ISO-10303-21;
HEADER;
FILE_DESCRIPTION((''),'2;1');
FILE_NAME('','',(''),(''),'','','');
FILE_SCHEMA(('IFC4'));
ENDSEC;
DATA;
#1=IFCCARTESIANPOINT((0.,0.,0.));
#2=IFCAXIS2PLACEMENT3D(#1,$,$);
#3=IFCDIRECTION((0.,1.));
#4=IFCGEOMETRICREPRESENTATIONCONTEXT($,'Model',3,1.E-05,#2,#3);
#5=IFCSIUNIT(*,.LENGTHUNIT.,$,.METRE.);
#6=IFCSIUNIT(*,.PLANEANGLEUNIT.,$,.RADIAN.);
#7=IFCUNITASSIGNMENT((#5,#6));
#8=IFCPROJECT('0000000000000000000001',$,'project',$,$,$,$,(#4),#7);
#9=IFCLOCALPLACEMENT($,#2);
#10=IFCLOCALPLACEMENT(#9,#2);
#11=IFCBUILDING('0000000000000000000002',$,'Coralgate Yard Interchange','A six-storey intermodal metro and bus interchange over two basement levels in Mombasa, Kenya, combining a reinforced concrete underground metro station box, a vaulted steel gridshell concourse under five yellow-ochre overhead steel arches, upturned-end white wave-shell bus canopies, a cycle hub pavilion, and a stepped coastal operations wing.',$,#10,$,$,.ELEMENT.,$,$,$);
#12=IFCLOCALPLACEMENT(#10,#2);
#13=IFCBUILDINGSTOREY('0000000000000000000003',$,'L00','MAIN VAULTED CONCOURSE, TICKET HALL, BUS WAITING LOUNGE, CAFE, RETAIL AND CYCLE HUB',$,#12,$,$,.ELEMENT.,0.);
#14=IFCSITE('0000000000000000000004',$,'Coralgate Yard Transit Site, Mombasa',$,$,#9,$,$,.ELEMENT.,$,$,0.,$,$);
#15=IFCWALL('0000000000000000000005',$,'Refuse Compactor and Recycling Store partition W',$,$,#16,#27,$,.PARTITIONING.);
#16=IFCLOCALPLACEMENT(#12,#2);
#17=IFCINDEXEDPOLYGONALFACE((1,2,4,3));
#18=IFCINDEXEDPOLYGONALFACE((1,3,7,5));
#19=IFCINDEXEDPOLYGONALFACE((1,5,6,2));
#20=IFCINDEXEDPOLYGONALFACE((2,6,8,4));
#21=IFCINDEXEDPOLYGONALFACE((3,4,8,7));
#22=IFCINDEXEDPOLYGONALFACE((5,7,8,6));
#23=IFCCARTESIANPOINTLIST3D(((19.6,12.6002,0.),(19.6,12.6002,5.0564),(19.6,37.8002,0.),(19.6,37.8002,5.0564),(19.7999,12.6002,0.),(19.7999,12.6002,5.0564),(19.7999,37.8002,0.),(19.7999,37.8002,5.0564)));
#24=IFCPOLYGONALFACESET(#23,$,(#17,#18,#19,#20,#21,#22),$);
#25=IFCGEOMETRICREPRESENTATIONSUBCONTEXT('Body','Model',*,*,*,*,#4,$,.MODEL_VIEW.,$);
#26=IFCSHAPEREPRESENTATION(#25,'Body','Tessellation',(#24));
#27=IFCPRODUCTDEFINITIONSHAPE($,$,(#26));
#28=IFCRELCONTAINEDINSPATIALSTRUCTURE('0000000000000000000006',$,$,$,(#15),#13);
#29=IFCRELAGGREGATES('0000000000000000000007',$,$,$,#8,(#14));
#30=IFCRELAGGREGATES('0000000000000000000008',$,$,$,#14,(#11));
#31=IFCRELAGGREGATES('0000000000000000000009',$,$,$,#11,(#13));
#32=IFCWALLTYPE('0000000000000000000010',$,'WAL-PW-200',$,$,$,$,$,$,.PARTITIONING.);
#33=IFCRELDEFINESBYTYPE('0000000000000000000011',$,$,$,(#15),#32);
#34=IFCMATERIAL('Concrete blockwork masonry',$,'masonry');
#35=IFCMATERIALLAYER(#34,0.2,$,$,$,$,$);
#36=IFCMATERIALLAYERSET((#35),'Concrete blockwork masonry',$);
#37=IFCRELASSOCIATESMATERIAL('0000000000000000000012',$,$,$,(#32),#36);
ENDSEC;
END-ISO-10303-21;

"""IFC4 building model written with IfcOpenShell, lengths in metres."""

from ifc_helpers import new_model, si_unit, direction, frame, frame_2d, origin, place, context, subcontext, project, spatial, rectangle, extrude, material, layer, layer_set, type_object, element, save


model = new_model("IFC4")

# Units and contexts
model_context = context("Model", 3, precision=1e-05, world=origin(), true_north=direction((0.0, 1.0)))
body_context = subcontext(model_context, "Body", "Model", "MODEL_VIEW")
ifc_project = project(units=[si_unit("LENGTHUNIT", "METRE"), si_unit("PLANEANGLEUNIT", "RADIAN")], contexts=[model_context])

# Site, building, storey
site_placement = place(None, origin())
site = spatial("IfcSite", under=ifc_project, at=site_placement, Name="Coralgate Yard Transit Site, Mombasa", CompositionType="ELEMENT", RefElevation=0.0)
building_placement = place(site_placement, origin())
building = spatial("IfcBuilding", under=site, at=building_placement, Name="Coralgate Yard Interchange", Description="A six-storey intermodal metro and bus interchange over two basement levels in Mombasa, Kenya, combining a reinforced concrete underground metro station box, a vaulted steel gridshell concourse under five yellow-ochre overhead steel arches, upturned-end white wave-shell bus canopies, a cycle hub pavilion, and a stepped coastal operations wing.", CompositionType="ELEMENT")
storey_placement = place(building_placement, origin())
storey = spatial("IfcBuildingStorey", under=building, at=storey_placement, Name="L00", Description="MAIN VAULTED CONCOURSE, TICKET HALL, BUS WAITING LOUNGE, CAFE, RETAIL AND CYCLE HUB", CompositionType="ELEMENT", Elevation=0.0)

# Shared definitions
ifc_material_1 = material(Name="Concrete blockwork masonry", Category="masonry")
ifc_layer_1 = layer(ifc_material_1, 0.2)
ifc_layer_set_1 = layer_set([ifc_layer_1], Name="Concrete blockwork masonry")
wall_type = type_object("IfcWallType", Name="WAL-PW-200", PredefinedType="PARTITIONING", material=ifc_layer_set_1)

# Wall
wall_1_placement = place(storey_placement, frame((19.7, 12.6001, 0.0), z_axis=(0.0, 0.0, 1.0), x_axis=(0.0, 1.0, 0.0)))
element("IfcWall", 1, at=wall_1_placement, inside=storey, type_object=wall_type, Name="Refuse Compactor and Recycling Store partition W", PredefinedType="PARTITIONING", context=body_context, shape_type="SweptSolid", body=[
    extrude(rectangle(XDim=25.2, YDim=0.2, at=frame_2d((12.6001, 0.0))), origin(), (0.0, 0.0, 1.0), 5.0564),
])

save(model, "model.ifc")
